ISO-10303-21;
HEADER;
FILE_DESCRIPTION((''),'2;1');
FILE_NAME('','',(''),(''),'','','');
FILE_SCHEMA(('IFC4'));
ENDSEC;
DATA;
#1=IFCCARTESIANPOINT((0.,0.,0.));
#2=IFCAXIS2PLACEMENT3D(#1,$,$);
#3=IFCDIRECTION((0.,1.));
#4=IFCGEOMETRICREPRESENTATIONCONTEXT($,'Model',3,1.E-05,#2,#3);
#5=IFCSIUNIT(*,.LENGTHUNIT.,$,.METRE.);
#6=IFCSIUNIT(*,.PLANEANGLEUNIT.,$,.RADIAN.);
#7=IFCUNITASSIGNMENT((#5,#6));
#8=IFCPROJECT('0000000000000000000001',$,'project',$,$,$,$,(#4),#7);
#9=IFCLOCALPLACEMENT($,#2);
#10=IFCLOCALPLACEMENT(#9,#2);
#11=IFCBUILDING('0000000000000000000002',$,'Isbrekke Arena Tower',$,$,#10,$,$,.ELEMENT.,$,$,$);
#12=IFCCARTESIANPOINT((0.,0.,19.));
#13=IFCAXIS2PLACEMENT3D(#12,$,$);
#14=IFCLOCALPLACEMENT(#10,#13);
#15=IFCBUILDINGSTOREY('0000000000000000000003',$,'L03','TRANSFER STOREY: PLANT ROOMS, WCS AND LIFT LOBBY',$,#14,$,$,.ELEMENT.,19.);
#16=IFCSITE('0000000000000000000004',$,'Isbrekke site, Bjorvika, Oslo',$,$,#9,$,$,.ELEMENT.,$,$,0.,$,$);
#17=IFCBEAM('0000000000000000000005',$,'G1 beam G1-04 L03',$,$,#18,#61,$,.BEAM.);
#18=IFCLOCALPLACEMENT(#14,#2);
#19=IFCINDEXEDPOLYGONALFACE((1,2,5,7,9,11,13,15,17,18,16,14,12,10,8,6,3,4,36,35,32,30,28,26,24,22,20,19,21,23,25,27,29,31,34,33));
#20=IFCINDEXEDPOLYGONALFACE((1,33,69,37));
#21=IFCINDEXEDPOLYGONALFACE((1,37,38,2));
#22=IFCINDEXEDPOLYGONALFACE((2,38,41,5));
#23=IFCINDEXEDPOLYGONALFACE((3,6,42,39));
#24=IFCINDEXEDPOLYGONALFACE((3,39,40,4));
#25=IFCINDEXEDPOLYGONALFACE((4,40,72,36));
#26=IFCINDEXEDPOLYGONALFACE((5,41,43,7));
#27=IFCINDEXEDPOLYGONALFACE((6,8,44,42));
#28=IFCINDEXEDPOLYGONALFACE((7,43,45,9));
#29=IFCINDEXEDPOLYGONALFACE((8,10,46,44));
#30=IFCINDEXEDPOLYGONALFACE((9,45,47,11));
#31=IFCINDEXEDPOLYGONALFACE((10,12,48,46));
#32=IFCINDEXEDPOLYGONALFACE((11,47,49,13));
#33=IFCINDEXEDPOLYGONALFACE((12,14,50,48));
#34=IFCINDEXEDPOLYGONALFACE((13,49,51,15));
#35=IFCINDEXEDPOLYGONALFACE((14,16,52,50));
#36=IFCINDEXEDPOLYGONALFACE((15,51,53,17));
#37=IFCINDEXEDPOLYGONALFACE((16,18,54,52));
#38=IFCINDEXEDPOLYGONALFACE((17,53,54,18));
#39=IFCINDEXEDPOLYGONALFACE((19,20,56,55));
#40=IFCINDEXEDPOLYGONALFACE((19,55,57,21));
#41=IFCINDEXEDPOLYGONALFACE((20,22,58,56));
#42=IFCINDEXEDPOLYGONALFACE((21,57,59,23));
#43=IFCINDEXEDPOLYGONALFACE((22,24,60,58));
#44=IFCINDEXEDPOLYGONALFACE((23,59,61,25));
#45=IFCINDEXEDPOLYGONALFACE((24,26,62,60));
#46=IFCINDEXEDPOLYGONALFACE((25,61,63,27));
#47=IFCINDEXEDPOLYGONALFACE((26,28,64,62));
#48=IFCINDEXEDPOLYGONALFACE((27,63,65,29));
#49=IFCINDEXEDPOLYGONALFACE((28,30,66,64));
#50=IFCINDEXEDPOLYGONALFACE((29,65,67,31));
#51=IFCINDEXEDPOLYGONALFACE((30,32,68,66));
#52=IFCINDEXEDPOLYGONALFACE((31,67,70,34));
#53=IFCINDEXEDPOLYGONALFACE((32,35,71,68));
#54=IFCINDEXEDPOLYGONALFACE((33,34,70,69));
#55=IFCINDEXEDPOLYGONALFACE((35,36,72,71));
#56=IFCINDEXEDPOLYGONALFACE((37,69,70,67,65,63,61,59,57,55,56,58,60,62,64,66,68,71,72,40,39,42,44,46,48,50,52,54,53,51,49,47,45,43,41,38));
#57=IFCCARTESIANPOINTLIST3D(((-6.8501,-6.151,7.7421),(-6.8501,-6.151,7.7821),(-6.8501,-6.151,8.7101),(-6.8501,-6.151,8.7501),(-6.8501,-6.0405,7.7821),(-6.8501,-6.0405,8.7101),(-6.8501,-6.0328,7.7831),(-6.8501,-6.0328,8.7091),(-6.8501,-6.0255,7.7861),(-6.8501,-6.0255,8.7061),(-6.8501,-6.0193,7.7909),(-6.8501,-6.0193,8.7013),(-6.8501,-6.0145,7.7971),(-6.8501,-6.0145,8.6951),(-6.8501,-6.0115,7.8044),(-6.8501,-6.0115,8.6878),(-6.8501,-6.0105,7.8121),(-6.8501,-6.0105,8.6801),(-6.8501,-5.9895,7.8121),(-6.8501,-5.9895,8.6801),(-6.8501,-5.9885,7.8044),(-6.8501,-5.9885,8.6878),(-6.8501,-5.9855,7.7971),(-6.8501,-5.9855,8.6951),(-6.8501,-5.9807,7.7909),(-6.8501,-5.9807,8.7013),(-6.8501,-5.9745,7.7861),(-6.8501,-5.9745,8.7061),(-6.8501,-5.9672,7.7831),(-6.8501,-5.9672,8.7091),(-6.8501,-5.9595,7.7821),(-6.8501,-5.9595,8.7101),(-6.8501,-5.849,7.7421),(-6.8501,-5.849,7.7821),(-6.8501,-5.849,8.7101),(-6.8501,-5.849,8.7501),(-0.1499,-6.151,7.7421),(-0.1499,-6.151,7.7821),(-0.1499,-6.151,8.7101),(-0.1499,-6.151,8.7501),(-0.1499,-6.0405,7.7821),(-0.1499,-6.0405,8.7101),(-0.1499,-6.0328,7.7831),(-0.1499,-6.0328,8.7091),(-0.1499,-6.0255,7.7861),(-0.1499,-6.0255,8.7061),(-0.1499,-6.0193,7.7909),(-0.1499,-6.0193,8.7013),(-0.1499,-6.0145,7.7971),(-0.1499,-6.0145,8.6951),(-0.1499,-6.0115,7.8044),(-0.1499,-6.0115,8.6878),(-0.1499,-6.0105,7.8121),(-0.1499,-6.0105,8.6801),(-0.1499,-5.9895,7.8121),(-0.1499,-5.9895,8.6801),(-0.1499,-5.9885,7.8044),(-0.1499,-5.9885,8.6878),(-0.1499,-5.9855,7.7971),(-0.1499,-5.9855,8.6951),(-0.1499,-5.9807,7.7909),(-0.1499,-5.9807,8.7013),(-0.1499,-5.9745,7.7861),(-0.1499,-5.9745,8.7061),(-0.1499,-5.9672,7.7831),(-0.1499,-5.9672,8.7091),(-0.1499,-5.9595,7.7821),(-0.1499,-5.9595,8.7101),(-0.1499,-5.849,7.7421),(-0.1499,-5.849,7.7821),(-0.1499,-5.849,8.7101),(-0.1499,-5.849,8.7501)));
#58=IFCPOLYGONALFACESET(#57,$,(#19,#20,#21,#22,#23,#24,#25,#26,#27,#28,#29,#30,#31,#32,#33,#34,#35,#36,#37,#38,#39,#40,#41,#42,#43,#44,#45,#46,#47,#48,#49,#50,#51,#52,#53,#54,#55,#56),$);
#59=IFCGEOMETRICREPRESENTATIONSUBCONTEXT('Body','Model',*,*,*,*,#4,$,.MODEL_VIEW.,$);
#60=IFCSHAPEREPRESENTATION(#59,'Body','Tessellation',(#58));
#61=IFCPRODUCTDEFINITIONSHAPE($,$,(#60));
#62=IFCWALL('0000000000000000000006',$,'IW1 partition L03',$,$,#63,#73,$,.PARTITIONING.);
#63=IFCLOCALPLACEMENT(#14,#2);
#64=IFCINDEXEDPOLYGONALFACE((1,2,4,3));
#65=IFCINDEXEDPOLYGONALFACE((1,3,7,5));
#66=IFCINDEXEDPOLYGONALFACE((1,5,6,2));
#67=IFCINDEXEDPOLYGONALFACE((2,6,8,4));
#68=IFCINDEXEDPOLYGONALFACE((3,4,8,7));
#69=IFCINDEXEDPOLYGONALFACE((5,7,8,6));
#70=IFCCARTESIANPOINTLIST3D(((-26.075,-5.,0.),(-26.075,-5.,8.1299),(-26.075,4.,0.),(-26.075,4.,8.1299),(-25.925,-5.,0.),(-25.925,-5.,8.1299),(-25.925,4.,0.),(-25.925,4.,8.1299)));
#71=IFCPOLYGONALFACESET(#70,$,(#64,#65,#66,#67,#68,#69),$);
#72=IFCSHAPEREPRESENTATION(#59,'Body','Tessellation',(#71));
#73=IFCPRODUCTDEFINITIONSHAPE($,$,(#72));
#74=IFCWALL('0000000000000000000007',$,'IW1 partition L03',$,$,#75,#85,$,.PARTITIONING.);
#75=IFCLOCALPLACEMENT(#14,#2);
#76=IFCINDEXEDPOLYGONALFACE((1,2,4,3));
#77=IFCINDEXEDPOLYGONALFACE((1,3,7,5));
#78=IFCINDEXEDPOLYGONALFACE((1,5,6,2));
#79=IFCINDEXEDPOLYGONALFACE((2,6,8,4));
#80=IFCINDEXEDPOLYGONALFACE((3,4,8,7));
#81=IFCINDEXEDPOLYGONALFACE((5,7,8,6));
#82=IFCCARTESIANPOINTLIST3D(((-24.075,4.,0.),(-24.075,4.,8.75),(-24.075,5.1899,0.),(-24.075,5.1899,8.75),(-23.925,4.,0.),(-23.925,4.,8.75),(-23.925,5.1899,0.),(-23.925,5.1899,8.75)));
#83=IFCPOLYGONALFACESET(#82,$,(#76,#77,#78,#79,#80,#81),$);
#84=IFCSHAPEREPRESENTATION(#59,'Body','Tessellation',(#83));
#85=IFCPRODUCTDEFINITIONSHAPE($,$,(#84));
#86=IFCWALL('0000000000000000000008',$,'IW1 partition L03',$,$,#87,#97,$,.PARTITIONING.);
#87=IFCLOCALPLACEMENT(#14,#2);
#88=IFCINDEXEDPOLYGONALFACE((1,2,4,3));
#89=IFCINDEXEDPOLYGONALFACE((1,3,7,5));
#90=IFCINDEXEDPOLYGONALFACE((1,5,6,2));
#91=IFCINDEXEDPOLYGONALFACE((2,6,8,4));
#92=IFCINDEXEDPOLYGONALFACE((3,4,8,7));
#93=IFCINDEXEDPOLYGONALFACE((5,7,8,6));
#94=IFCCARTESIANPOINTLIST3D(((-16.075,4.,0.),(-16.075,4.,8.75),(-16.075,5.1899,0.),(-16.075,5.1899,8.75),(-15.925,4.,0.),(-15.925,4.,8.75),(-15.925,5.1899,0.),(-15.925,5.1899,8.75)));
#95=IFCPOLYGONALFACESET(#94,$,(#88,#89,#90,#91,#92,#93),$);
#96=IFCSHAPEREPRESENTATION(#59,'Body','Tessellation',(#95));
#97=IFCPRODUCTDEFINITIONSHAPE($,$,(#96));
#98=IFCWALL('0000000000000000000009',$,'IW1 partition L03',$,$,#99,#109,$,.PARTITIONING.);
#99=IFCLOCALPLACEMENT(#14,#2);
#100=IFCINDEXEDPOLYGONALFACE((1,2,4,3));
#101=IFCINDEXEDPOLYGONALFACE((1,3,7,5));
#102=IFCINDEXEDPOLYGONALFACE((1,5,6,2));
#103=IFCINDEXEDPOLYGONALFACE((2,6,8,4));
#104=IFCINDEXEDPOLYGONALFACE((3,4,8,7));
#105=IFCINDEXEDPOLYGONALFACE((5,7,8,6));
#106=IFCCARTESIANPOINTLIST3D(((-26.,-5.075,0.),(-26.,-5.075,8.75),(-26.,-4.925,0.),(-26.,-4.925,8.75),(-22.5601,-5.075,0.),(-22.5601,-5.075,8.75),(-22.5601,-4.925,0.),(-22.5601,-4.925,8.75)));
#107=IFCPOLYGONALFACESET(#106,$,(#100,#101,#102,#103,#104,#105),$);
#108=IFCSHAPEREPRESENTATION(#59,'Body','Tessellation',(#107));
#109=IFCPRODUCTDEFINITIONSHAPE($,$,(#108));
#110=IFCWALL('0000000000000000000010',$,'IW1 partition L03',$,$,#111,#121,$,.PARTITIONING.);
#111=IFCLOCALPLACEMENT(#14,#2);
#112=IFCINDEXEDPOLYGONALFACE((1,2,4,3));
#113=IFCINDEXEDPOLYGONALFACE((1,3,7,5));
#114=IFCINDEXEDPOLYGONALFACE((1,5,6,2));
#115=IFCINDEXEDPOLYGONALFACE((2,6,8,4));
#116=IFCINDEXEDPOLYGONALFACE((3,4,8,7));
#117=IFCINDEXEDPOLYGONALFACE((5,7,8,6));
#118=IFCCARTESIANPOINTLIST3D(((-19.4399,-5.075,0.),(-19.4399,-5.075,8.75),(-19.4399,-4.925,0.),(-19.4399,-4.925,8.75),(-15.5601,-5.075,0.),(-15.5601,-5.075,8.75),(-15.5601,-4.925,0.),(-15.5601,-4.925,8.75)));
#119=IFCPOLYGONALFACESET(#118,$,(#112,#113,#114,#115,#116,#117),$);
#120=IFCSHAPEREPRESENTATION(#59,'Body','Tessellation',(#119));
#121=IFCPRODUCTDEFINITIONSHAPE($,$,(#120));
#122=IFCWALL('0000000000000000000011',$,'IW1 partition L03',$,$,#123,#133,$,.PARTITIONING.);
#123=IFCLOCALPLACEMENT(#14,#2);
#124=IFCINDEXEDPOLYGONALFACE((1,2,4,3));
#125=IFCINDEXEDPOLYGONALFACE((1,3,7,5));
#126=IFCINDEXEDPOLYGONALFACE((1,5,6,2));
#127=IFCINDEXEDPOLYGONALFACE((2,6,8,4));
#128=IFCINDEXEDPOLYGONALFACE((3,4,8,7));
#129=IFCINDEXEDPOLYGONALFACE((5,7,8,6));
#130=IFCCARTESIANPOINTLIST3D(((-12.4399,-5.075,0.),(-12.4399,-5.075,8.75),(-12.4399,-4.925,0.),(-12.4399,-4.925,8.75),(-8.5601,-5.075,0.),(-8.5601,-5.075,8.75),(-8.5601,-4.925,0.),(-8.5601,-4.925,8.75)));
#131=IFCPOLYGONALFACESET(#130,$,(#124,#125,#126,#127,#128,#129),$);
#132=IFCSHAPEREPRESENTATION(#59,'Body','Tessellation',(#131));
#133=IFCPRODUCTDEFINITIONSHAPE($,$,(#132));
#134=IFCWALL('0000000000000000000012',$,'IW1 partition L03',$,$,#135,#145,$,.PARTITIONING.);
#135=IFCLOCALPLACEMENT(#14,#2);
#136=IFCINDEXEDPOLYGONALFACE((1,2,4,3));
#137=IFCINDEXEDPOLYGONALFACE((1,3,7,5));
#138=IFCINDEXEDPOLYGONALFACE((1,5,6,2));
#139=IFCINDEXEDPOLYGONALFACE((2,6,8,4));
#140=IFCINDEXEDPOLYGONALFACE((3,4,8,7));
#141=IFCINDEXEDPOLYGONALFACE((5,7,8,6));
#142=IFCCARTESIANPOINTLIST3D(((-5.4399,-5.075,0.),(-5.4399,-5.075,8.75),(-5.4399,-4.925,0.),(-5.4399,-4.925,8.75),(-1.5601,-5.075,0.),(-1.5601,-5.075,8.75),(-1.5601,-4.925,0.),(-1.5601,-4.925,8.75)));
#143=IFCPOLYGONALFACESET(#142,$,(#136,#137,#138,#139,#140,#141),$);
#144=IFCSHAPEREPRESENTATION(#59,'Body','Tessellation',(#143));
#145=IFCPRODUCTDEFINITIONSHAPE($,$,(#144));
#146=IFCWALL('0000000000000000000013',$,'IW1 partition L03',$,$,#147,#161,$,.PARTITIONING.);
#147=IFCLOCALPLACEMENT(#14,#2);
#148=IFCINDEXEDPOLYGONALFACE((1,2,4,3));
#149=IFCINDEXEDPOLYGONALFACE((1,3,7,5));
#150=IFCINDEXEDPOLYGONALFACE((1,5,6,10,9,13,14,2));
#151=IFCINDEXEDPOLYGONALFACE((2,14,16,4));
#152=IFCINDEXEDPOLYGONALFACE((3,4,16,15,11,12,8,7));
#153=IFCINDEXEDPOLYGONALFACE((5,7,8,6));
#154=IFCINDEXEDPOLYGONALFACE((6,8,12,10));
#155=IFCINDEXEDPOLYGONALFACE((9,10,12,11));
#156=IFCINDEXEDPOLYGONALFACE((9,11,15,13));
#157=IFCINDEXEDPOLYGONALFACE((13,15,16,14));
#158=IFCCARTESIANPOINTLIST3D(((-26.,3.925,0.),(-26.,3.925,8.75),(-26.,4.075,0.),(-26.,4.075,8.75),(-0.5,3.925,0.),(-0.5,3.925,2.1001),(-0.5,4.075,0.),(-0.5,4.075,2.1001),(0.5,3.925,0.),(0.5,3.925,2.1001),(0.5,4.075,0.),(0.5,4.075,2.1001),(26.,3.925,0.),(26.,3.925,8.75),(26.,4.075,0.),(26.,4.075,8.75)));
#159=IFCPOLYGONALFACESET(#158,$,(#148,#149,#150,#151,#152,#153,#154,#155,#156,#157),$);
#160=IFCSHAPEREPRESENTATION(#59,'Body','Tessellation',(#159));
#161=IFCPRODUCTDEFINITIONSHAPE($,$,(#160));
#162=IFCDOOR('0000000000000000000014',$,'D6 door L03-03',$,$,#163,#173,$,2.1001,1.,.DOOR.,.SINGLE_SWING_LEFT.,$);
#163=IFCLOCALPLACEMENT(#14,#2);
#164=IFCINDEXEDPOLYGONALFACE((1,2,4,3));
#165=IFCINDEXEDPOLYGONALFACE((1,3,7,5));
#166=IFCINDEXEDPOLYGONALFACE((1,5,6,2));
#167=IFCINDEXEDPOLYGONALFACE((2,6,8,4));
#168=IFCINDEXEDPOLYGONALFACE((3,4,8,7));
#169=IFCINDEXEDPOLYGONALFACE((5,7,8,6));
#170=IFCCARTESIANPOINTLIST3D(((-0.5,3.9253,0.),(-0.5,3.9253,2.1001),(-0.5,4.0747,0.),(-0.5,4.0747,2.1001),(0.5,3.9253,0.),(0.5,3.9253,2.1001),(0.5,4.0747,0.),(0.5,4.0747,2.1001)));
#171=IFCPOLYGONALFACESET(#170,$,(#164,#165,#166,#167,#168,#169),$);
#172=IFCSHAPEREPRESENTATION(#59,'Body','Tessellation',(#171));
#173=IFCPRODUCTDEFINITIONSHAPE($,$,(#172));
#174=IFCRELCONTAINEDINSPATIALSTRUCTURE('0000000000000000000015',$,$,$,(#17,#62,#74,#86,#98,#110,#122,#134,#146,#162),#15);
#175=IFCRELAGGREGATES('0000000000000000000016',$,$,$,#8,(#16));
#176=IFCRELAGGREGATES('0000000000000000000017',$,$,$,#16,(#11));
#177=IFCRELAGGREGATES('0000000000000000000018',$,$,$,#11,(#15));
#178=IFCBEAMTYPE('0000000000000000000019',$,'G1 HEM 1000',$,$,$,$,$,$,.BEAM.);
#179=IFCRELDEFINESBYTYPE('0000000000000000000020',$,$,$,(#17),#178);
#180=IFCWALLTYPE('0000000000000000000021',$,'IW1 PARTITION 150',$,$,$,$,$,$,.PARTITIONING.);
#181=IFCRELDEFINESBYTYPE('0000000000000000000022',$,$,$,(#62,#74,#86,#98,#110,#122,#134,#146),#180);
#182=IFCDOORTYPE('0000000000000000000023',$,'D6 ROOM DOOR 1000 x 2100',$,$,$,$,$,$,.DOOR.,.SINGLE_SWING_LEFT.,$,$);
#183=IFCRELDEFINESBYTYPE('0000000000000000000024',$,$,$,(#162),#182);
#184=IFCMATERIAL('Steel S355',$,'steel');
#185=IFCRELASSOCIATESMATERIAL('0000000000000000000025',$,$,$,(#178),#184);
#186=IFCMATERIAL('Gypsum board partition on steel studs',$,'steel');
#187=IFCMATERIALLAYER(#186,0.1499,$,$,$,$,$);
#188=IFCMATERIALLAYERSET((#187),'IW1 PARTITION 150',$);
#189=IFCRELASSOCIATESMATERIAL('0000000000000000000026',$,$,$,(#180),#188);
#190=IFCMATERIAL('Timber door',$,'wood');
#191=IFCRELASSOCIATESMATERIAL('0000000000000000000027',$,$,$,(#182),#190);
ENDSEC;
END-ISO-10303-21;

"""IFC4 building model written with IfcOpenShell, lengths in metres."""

from ifc_helpers import new_model, si_unit, direction, frame, frame_2d, origin, origin_2d, place, context, subcontext, project, spatial, rectangle, i_section, extrude, material, layer, layer_set, material_profile, profile_set, type_object, element, fill, save


model = new_model("IFC4")

# Units and contexts
model_context = context("Model", 3, precision=1e-05, world=origin(), true_north=direction((0.0, 1.0)))
body_context = subcontext(model_context, "Body", "Model", "MODEL_VIEW")
ifc_project = project(units=[si_unit("LENGTHUNIT", "METRE"), si_unit("PLANEANGLEUNIT", "RADIAN")], contexts=[model_context])

# Site, building, storey
site_placement = place(None, origin())
site = spatial("IfcSite", under=ifc_project, at=site_placement, Name="Isbrekke site, Bjorvika, Oslo", CompositionType="ELEMENT", RefElevation=0.0)
building_placement = place(site_placement, origin())
building = spatial("IfcBuilding", under=site, at=building_placement, Name="Isbrekke Arena Tower", CompositionType="ELEMENT")
storey_placement = place(building_placement, frame((0.0, 0.0, 19.0)))
storey = spatial("IfcBuildingStorey", under=building, at=storey_placement, Name="L03", Description="TRANSFER STOREY: PLANT ROOMS, WCS AND LIFT LOBBY", CompositionType="ELEMENT", Elevation=19.0)

# Beam
ifc_material_1 = material(Name="Steel S355", Category="steel")
ifc_material_profile_1 = material_profile(ifc_material_1, i_section(OverallWidth=0.302, OverallDepth=1.0081, WebThickness=0.021, FlangeThickness=0.04, FilletRadius=0.03, at=origin_2d()), Name="HEM 1000")
ifc_profile_set_1 = profile_set([ifc_material_profile_1], Name="Steel S355")
beam_type_1 = type_object("IfcBeamType", Name="G1 HEM 1000", PredefinedType="BEAM", material=ifc_profile_set_1)
for number, where, z_axis, x_axis, name in (
    (1, (-6.8501, -6.0, 8.2461), (1.0, 0.0, 0.0), (0.0, 1.0, 0.0), "G1 beam G1-04 L03"),
):
    element("IfcBeam", number, at=place(storey_placement, frame(where, z_axis=z_axis, x_axis=x_axis)), inside=storey, type_object=beam_type_1, Name=name, PredefinedType="BEAM", context=body_context, shape_type="SweptSolid", body=[
        extrude(i_section(OverallWidth=0.302, OverallDepth=1.0081, WebThickness=0.021, FlangeThickness=0.04, FilletRadius=0.03, at=origin_2d()), origin(), (0.0, 0.0, 1.0), 6.7002),
    ])

# Walls
ifc_material_2 = material(Name="Gypsum board partition on steel studs", Category="steel")
ifc_layer = layer(ifc_material_2, 0.1499)
ifc_layer_set = layer_set([ifc_layer], Name="IW1 PARTITION 150")
wall_type = type_object("IfcWallType", Name="IW1 PARTITION 150", PredefinedType="PARTITIONING", material=ifc_layer_set)
wall_1_placement = place(storey_placement, frame((-26.0, -5.0, 0.0), z_axis=(0.0, 0.0, 1.0), x_axis=(0.0, 1.0, 0.0)))
element("IfcWall", 2, at=wall_1_placement, inside=storey, type_object=wall_type, Name="IW1 partition L03", PredefinedType="PARTITIONING", context=body_context, shape_type="SweptSolid", body=[
    extrude(rectangle(XDim=9.0, YDim=0.1499, at=frame_2d((4.5, 0.0))), origin(), (0.0, 0.0, 1.0), 8.1299),
])
for number, where, z_axis, x_axis, name in (
    (3, (-24.0, 4.0, 0.0), (0.0, 0.0, 1.0), (0.0, 1.0, 0.0), "IW1 partition L03"),
    (4, (-16.0, 4.0, 0.0), (0.0, 0.0, 1.0), (0.0, 1.0, 0.0), "IW1 partition L03"),
):
    element("IfcWall", number, at=place(storey_placement, frame(where, z_axis=z_axis, x_axis=x_axis)), inside=storey, type_object=wall_type, Name=name, PredefinedType="PARTITIONING", context=body_context, shape_type="SweptSolid", body=[
        extrude(rectangle(XDim=1.1899, YDim=0.1499, at=frame_2d((0.595, 0.0))), origin(), (0.0, 0.0, 1.0), 8.75),
    ])
wall_2_placement = place(storey_placement, frame((-26.0, -5.0, 0.0), z_axis=(0.0, 0.0, 1.0), x_axis=(1.0, 0.0, 0.0)))
element("IfcWall", 5, at=wall_2_placement, inside=storey, type_object=wall_type, Name="IW1 partition L03", PredefinedType="PARTITIONING", context=body_context, shape_type="SweptSolid", body=[
    extrude(rectangle(XDim=3.4399, YDim=0.1499, at=frame_2d((1.72, 0.0))), origin(), (0.0, 0.0, 1.0), 8.75),
])
for number, where, z_axis, x_axis, name in (
    (6, (-19.4399, -5.0, 0.0), (0.0, 0.0, 1.0), (1.0, 0.0, 0.0), "IW1 partition L03"),
    (7, (-12.4399, -5.0, 0.0), (0.0, 0.0, 1.0), (1.0, 0.0, 0.0), "IW1 partition L03"),
    (8, (-5.4399, -5.0, 0.0), (0.0, 0.0, 1.0), (1.0, 0.0, 0.0), "IW1 partition L03"),
):
    element("IfcWall", number, at=place(storey_placement, frame(where, z_axis=z_axis, x_axis=x_axis)), inside=storey, type_object=wall_type, Name=name, PredefinedType="PARTITIONING", context=body_context, shape_type="SweptSolid", body=[
        extrude(rectangle(XDim=3.8799, YDim=0.1499, at=frame_2d((1.9399, 0.0))), origin(), (0.0, 0.0, 1.0), 8.75),
    ])

# Wall, opening, door
wall_3_placement = place(storey_placement, frame((-26.0, 4.0, 0.0), z_axis=(0.0, 0.0, 1.0), x_axis=(1.0, 0.0, 0.0)))
wall_3 = element("IfcWall", 9, at=wall_3_placement, inside=storey, type_object=wall_type, Name="IW1 partition L03", PredefinedType="PARTITIONING", context=body_context, shape_type="SweptSolid", body=[
    extrude(rectangle(XDim=52.0, YDim=0.1499, at=frame_2d((26.0, 0.0))), origin(), (0.0, 0.0, 1.0), 8.75),
])
opening_placement = place(wall_3_placement, frame((25.5, 0.0, 0.0)))
opening = element("IfcOpeningElement", 10, at=opening_placement, cuts=wall_3, PredefinedType="OPENING", context=body_context, shape_type="SweptSolid", body=[
    extrude(rectangle(XDim=1.0, YDim=2.1001, at=frame_2d((0.5, 1.05))), frame((0.0, 0.0898, 0.0), z_axis=(0.0, -1.0, 0.0), x_axis=(1.0, 0.0, 0.0)), (0.0, 0.0, 1.0), 0.1797),
])
ifc_material_3 = material(Name="Timber door", Category="wood")
door_type = type_object("IfcDoorType", Name="D6 ROOM DOOR 1000 x 2100", OperationType="SINGLE_SWING_LEFT", PredefinedType="DOOR", material=ifc_material_3)
door_placement = place(opening_placement, origin())
door = element("IfcDoor", 11, at=door_placement, inside=storey, type_object=door_type, Name="D6 door L03-03", OperationType="SINGLE_SWING_LEFT", OverallHeight=2.1001, OverallWidth=1.0, PredefinedType="DOOR", context=body_context, shape_type="SweptSolid", body=[
    extrude(rectangle(XDim=1.0, YDim=2.1001, at=frame_2d((0.5, 1.05))), frame((0.0, 0.0747, 0.0), z_axis=(0.0, -1.0, 0.0), x_axis=(1.0, 0.0, 0.0)), (0.0, 0.0, 1.0), 0.1494),
])
fill(opening, door)

save(model, "model.ifc")
